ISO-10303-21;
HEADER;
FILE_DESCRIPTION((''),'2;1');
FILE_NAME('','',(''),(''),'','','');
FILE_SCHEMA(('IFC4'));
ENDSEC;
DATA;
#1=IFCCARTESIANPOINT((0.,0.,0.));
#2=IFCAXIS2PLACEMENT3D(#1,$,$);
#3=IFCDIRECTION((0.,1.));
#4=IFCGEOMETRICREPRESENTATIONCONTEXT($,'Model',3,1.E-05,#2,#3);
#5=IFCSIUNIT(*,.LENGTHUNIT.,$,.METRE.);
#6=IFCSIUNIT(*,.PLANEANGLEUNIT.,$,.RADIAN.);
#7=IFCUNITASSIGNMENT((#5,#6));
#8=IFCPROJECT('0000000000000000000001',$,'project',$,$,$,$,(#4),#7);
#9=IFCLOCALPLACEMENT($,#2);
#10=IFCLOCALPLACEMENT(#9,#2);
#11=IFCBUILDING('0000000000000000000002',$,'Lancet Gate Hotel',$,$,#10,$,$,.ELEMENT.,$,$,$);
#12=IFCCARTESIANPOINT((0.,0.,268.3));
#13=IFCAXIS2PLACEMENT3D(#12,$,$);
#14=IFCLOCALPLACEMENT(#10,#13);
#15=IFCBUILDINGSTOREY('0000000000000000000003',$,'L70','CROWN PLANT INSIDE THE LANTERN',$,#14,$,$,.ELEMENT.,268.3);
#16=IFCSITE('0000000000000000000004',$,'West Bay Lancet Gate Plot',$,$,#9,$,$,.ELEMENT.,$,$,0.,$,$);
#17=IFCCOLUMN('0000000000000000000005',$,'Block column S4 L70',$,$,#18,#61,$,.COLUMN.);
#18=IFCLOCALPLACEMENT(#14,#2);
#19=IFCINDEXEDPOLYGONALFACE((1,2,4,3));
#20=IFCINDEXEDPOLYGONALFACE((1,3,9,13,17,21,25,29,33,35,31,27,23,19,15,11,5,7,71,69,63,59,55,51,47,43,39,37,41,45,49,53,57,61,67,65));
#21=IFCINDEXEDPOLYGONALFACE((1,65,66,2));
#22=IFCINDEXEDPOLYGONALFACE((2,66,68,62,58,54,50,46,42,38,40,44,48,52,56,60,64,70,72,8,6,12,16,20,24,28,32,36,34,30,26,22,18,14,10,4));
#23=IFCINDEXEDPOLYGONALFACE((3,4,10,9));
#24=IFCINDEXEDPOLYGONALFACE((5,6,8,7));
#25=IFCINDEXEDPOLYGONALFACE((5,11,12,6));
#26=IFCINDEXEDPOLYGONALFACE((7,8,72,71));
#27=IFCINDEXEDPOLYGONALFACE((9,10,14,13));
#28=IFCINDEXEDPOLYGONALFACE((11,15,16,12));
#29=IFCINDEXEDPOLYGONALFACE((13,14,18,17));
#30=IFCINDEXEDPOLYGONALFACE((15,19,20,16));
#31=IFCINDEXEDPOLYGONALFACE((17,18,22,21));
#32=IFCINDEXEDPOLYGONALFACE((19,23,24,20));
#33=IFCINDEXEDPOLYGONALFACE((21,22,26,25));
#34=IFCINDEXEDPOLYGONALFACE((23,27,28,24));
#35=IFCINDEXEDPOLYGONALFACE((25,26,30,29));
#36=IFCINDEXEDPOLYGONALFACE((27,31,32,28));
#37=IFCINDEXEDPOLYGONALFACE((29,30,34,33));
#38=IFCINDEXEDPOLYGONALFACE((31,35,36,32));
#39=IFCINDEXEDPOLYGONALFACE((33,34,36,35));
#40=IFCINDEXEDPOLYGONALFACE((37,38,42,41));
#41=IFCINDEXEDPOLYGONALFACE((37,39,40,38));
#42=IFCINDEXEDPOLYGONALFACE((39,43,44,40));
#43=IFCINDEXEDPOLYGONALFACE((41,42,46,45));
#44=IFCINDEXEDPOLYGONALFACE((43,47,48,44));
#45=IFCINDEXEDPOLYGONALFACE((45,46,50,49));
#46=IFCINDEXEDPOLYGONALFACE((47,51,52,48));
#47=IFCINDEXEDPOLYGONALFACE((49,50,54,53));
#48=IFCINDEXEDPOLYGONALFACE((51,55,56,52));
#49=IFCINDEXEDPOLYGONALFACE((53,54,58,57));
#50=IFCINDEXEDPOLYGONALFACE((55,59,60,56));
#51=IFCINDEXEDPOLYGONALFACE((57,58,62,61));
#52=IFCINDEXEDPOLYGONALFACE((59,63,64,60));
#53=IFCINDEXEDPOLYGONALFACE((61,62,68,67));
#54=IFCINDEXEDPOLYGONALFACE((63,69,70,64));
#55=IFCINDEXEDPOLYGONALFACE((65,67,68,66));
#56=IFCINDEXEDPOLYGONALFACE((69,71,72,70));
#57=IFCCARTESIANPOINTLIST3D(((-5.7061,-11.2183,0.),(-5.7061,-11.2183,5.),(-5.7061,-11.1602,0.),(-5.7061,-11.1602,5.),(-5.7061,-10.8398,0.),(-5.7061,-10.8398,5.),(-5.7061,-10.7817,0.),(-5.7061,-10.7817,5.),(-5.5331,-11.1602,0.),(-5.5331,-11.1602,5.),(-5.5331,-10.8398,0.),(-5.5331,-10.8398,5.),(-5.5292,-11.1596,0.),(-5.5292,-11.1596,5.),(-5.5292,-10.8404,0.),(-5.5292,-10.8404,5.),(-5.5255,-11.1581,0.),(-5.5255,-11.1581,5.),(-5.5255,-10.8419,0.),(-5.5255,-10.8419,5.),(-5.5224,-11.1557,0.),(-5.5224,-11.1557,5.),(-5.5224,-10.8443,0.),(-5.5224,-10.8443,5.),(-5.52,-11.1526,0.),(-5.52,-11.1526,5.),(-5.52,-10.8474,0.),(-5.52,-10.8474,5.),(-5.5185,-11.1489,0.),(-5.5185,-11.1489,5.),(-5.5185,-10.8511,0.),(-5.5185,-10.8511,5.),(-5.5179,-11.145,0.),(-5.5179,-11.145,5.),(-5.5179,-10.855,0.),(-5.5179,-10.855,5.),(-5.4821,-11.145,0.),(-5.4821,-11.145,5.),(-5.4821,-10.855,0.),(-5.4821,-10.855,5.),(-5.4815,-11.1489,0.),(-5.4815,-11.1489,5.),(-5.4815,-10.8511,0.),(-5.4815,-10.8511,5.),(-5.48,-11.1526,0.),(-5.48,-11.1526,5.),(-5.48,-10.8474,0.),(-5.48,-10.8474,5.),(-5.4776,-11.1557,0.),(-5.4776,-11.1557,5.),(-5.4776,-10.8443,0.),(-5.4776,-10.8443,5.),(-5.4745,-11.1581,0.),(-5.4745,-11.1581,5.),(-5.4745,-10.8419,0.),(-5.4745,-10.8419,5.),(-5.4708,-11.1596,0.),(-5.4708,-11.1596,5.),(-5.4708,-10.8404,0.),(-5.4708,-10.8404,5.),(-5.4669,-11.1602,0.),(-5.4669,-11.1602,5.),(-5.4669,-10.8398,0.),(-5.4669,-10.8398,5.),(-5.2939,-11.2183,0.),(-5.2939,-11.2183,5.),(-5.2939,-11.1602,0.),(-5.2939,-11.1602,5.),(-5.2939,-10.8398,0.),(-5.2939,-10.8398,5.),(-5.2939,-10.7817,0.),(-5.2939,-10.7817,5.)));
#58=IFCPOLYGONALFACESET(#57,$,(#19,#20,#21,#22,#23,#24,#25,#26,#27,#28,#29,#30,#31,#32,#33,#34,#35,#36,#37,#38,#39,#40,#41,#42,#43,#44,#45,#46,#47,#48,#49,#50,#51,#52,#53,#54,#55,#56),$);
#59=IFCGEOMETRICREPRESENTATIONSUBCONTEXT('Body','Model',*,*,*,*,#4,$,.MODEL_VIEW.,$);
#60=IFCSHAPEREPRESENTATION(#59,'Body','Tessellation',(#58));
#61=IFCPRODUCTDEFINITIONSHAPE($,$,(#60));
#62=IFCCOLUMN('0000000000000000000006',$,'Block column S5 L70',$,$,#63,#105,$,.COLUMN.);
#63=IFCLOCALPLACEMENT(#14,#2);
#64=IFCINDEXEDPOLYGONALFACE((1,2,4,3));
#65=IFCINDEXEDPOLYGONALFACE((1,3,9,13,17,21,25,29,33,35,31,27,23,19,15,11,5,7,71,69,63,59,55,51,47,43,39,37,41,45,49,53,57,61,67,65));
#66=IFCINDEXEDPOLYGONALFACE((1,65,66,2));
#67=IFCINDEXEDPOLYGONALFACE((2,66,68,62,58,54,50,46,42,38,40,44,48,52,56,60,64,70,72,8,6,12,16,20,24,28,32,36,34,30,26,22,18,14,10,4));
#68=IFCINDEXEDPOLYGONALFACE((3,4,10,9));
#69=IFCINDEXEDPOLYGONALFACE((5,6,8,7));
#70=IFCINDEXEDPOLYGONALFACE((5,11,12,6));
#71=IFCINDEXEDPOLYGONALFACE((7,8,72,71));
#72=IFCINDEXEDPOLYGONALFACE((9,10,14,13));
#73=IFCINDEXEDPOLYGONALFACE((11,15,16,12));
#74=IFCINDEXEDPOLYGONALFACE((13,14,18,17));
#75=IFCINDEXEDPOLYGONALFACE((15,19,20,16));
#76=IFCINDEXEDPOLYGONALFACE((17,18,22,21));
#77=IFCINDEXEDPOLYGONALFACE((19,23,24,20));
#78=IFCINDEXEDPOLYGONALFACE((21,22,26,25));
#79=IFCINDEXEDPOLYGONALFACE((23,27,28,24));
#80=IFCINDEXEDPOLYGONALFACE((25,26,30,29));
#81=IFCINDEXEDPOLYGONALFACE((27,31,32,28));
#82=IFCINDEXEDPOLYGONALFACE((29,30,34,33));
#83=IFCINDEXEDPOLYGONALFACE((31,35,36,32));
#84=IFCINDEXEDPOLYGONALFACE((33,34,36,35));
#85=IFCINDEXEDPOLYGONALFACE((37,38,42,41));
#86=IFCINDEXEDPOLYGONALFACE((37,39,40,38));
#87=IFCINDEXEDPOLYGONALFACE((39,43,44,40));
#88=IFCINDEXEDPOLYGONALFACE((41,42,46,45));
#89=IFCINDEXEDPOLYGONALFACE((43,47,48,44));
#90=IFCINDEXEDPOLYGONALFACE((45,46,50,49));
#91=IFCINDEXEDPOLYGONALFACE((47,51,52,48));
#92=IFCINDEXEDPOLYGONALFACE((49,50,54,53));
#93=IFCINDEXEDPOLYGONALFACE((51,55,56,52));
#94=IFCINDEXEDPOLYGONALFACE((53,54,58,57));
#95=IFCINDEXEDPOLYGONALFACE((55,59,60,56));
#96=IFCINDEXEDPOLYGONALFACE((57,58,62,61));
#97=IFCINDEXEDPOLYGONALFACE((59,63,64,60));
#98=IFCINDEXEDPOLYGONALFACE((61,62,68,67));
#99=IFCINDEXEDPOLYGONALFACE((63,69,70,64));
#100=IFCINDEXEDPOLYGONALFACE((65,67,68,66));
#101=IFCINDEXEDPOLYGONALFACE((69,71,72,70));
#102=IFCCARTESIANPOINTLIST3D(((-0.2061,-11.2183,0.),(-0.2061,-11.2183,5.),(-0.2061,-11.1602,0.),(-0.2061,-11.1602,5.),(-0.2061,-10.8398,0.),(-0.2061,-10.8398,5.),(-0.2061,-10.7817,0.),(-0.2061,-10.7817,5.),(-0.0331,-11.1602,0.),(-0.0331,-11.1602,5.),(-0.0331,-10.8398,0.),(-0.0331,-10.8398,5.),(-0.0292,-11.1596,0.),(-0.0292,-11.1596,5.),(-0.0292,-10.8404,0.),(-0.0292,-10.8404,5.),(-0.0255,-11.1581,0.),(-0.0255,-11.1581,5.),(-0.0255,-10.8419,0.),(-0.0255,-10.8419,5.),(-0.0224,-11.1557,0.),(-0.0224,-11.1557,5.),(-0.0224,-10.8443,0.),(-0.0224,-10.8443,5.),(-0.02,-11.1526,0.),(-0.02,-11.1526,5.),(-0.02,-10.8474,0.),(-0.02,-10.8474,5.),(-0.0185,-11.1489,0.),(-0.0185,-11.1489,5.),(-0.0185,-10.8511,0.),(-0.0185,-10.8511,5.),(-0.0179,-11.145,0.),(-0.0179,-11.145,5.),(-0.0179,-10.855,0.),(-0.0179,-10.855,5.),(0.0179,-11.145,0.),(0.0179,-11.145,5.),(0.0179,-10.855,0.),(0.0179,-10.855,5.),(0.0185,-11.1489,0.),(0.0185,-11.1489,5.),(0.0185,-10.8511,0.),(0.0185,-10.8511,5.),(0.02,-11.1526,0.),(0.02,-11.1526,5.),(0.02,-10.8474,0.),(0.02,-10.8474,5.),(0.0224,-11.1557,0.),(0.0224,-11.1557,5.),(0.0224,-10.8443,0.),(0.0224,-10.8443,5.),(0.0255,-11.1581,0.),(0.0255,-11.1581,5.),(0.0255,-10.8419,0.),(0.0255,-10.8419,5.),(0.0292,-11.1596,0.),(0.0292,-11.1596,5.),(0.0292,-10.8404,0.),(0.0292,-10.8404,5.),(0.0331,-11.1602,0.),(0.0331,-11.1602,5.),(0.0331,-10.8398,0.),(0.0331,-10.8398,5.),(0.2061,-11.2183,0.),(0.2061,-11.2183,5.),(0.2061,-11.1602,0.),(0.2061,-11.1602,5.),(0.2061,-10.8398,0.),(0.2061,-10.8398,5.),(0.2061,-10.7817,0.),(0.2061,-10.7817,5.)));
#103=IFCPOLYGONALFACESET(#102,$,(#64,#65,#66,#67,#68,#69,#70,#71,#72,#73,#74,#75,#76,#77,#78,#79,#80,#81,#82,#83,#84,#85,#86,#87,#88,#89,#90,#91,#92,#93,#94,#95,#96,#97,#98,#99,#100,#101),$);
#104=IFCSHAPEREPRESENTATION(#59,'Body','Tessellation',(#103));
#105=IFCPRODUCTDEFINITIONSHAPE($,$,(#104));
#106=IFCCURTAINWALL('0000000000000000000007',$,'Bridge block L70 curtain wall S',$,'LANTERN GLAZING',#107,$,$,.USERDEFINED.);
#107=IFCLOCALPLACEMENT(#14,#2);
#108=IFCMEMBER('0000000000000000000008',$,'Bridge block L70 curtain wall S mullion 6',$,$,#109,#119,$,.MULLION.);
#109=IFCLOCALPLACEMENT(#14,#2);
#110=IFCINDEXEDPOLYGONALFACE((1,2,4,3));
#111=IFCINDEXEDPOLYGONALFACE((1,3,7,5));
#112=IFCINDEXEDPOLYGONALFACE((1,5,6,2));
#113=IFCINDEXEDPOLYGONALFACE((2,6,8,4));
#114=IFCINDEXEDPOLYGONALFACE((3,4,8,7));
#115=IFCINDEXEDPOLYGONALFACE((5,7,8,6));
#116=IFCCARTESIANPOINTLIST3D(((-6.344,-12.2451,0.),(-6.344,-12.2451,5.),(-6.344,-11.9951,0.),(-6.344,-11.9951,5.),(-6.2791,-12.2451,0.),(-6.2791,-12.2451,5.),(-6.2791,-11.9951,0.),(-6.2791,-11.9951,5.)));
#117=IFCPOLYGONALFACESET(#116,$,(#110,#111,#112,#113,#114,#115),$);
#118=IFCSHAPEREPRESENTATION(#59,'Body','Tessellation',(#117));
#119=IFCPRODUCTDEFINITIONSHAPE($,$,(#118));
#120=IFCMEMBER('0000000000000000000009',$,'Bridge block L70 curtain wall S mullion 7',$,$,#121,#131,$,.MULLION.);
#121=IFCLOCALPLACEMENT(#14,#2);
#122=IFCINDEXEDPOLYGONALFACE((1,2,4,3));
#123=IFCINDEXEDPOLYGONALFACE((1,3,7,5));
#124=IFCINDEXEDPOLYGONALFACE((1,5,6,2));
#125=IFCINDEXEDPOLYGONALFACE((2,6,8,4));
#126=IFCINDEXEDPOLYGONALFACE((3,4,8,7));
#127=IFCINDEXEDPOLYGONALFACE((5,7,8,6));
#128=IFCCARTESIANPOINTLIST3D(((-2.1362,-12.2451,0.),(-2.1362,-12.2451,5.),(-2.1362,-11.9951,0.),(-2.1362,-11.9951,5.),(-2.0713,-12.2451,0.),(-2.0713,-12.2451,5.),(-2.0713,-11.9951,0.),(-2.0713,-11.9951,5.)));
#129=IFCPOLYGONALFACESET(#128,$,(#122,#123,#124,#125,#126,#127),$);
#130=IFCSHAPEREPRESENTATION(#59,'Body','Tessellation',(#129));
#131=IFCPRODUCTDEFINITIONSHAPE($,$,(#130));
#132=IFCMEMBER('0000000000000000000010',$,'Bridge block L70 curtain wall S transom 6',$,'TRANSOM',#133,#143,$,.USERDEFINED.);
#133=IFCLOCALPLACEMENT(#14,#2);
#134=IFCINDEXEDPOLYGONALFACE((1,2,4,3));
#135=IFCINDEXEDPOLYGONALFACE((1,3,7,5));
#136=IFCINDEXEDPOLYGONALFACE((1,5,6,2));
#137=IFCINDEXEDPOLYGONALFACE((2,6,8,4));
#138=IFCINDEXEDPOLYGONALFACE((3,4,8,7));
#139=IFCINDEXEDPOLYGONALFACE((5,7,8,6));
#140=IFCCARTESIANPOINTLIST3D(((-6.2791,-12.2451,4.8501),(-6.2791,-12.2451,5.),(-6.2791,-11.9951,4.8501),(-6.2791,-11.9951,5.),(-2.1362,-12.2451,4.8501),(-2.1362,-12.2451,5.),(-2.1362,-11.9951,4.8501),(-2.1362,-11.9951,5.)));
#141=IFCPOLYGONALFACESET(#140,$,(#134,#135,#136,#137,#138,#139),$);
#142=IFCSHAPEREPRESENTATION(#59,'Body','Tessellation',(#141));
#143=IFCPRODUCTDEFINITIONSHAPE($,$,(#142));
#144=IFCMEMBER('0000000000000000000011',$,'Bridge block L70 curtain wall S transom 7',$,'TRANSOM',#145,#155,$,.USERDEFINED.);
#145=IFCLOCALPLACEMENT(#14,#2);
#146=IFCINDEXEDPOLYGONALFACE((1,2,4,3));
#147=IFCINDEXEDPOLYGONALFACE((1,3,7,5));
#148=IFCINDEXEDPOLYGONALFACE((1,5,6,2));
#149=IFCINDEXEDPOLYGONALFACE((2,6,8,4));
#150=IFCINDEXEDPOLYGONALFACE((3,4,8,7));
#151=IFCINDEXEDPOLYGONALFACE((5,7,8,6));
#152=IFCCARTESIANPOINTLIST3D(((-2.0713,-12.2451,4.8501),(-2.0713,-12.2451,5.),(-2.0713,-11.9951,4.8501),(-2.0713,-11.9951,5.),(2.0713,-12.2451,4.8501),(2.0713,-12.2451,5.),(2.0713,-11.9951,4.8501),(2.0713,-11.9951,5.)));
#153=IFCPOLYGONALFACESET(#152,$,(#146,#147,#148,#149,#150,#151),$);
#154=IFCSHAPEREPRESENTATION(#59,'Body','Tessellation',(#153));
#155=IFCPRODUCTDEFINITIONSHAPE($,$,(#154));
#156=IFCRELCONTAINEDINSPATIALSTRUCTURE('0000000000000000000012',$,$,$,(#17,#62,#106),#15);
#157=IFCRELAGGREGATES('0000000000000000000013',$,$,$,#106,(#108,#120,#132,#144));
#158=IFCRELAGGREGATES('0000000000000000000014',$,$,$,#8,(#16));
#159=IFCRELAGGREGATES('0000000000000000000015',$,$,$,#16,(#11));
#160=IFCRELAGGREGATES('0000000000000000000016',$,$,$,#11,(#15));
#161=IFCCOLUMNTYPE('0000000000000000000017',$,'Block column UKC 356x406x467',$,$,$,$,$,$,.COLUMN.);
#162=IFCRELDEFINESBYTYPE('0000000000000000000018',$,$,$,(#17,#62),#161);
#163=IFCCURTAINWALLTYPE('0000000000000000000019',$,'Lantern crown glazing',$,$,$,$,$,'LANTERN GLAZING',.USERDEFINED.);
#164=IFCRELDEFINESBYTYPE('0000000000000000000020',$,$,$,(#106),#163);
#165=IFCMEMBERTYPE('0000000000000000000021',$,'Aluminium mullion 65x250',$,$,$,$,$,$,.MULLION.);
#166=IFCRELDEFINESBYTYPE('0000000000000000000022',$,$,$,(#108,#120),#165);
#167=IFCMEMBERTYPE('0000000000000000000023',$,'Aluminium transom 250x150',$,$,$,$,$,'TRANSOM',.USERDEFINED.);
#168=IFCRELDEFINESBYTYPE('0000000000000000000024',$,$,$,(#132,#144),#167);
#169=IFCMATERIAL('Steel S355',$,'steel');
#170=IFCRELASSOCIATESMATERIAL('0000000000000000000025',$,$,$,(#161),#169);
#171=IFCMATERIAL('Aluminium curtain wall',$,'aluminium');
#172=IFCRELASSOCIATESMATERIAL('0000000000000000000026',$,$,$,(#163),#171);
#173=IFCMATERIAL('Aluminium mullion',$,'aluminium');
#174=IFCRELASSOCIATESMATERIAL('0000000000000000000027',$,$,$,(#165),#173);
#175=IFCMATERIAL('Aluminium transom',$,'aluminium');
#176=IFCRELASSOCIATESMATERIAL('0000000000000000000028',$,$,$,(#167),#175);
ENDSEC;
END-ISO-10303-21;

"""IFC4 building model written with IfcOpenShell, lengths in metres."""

from ifc_helpers import new_model, si_unit, direction, frame, origin, origin_2d, place, context, subcontext, project, spatial, rectangle, i_section, extrude, material, material_profile, profile_set, type_object, element, aggregate, save


model = new_model("IFC4")

# Units and contexts
model_context = context("Model", 3, precision=1e-05, world=origin(), true_north=direction((0.0, 1.0)))
body_context = subcontext(model_context, "Body", "Model", "MODEL_VIEW")
ifc_project = project(units=[si_unit("LENGTHUNIT", "METRE"), si_unit("PLANEANGLEUNIT", "RADIAN")], contexts=[model_context])

# Site, building, storey
site_placement = place(None, origin())
site = spatial("IfcSite", under=ifc_project, at=site_placement, Name="West Bay Lancet Gate Plot", CompositionType="ELEMENT", RefElevation=0.0)
building_placement = place(site_placement, origin())
building = spatial("IfcBuilding", under=site, at=building_placement, Name="Lancet Gate Hotel", CompositionType="ELEMENT")
storey_placement = place(building_placement, frame((0.0, 0.0, 268.3)))
storey = spatial("IfcBuildingStorey", under=building, at=storey_placement, Name="L70", Description="CROWN PLANT INSIDE THE LANTERN", CompositionType="ELEMENT", Elevation=268.3)

# Columns
ifc_material_1 = material(Name="Steel S355", Category="steel")
ifc_material_profile_1 = material_profile(ifc_material_1, i_section(OverallWidth=0.4121, OverallDepth=0.4365, WebThickness=0.0359, FlangeThickness=0.0581, FilletRadius=0.0151, at=origin_2d()), Name="UKC 356x406x467")
ifc_profile_set_1 = profile_set([ifc_material_profile_1], Name="Steel S355")
column_type = type_object("IfcColumnType", Name="Block column UKC 356x406x467", PredefinedType="COLUMN", material=ifc_profile_set_1)
for number, where, z_axis, x_axis, name in (
    (1, (-5.5, -11.0, 0.0), (0.0, 0.0, 1.0), (1.0, 0.0, 0.0), "Block column S4 L70"),
    (2, (0.0, -11.0, 0.0), (0.0, 0.0, 1.0), (1.0, 0.0, 0.0), "Block column S5 L70"),
):
    element("IfcColumn", number, at=place(storey_placement, frame(where, z_axis=z_axis, x_axis=x_axis)), inside=storey, type_object=column_type, Name=name, PredefinedType="COLUMN", context=body_context, shape_type="SweptSolid", body=[
        extrude(i_section(OverallWidth=0.4121, OverallDepth=0.4365, WebThickness=0.0359, FlangeThickness=0.0581, FilletRadius=0.0151, at=origin_2d()), origin(), (0.0, 0.0, 1.0), 5.0),
    ])

# Curtain wall, members
ifc_material_2 = material(Name="Aluminium curtain wall", Category="aluminium")
curtain_wall_type_1 = type_object("IfcCurtainWallType", Name="Lantern crown glazing", ElementType="LANTERN GLAZING", PredefinedType="USERDEFINED", material=ifc_material_2)
curtain_wall_1_placement = place(storey_placement, origin())
curtain_wall_1 = element("IfcCurtainWall", 3, at=curtain_wall_1_placement, inside=storey, type_object=curtain_wall_type_1, Name="Bridge block L70 curtain wall S", ObjectType="LANTERN GLAZING", PredefinedType="USERDEFINED")
ifc_material_3 = material(Name="Aluminium mullion", Category="aluminium")
ifc_material_profile_2 = material_profile(ifc_material_3, rectangle(XDim=0.0649, YDim=0.25, at=origin_2d()), Name="MULLION 65x250")
ifc_profile_set_2 = profile_set([ifc_material_profile_2], Name="Aluminium mullion")
member_type_1 = type_object("IfcMemberType", Name="Aluminium mullion 65x250", PredefinedType="MULLION", material=ifc_profile_set_2)
member_1_placement = place(storey_placement, frame((-6.3115, -12.1201, 0.0), z_axis=(0.0, 0.0, 1.0), x_axis=(1.0, 0.0, 0.0)))
member_1 = element("IfcMember", 4, at=member_1_placement, type_object=member_type_1, Name="Bridge block L70 curtain wall S mullion 6", PredefinedType="MULLION", context=body_context, shape_type="SweptSolid", body=[
    extrude(rectangle(XDim=0.0649, YDim=0.25, at=origin_2d()), origin(), (0.0, 0.0, 1.0), 5.0),
])
member_2_placement = place(storey_placement, frame((-2.1038, -12.1201, 0.0), z_axis=(0.0, 0.0, 1.0), x_axis=(1.0, 0.0, 0.0)))
member_2 = element("IfcMember", 5, at=member_2_placement, type_object=member_type_1, Name="Bridge block L70 curtain wall S mullion 7", PredefinedType="MULLION", context=body_context, shape_type="SweptSolid", body=[
    extrude(rectangle(XDim=0.0649, YDim=0.25, at=origin_2d()), origin(), (0.0, 0.0, 1.0), 5.0),
])
ifc_material_4 = material(Name="Aluminium transom", Category="aluminium")
ifc_material_profile_3 = material_profile(ifc_material_4, rectangle(XDim=0.25, YDim=0.1499, at=origin_2d()), Name="TRANSOM 250x150")
ifc_profile_set_3 = profile_set([ifc_material_profile_3], Name="Aluminium transom")
member_type_2 = type_object("IfcMemberType", Name="Aluminium transom 250x150", ElementType="TRANSOM", PredefinedType="USERDEFINED", material=ifc_profile_set_3)
member_3_placement = place(storey_placement, frame((-6.2791, -12.1201, 4.925), z_axis=(1.0, 0.0, 0.0), x_axis=(0.0, 1.0, 0.0)))
member_3 = element("IfcMember", 6, at=member_3_placement, type_object=member_type_2, Name="Bridge block L70 curtain wall S transom 6", ObjectType="TRANSOM", PredefinedType="USERDEFINED", context=body_context, shape_type="SweptSolid", body=[
    extrude(rectangle(XDim=0.25, YDim=0.1499, at=origin_2d()), origin(), (0.0, 0.0, 1.0), 4.1428),
])
member_4_placement = place(storey_placement, frame((-2.0713, -12.1201, 4.925), z_axis=(1.0, 0.0, 0.0), x_axis=(0.0, 1.0, 0.0)))
member_4 = element("IfcMember", 7, at=member_4_placement, type_object=member_type_2, Name="Bridge block L70 curtain wall S transom 7", ObjectType="TRANSOM", PredefinedType="USERDEFINED", context=body_context, shape_type="SweptSolid", body=[
    extrude(rectangle(XDim=0.25, YDim=0.1499, at=origin_2d()), origin(), (0.0, 0.0, 1.0), 4.1426),
])

aggregate(curtain_wall_1, [member_1, member_2, member_3, member_4])

save(model, "model.ifc")
